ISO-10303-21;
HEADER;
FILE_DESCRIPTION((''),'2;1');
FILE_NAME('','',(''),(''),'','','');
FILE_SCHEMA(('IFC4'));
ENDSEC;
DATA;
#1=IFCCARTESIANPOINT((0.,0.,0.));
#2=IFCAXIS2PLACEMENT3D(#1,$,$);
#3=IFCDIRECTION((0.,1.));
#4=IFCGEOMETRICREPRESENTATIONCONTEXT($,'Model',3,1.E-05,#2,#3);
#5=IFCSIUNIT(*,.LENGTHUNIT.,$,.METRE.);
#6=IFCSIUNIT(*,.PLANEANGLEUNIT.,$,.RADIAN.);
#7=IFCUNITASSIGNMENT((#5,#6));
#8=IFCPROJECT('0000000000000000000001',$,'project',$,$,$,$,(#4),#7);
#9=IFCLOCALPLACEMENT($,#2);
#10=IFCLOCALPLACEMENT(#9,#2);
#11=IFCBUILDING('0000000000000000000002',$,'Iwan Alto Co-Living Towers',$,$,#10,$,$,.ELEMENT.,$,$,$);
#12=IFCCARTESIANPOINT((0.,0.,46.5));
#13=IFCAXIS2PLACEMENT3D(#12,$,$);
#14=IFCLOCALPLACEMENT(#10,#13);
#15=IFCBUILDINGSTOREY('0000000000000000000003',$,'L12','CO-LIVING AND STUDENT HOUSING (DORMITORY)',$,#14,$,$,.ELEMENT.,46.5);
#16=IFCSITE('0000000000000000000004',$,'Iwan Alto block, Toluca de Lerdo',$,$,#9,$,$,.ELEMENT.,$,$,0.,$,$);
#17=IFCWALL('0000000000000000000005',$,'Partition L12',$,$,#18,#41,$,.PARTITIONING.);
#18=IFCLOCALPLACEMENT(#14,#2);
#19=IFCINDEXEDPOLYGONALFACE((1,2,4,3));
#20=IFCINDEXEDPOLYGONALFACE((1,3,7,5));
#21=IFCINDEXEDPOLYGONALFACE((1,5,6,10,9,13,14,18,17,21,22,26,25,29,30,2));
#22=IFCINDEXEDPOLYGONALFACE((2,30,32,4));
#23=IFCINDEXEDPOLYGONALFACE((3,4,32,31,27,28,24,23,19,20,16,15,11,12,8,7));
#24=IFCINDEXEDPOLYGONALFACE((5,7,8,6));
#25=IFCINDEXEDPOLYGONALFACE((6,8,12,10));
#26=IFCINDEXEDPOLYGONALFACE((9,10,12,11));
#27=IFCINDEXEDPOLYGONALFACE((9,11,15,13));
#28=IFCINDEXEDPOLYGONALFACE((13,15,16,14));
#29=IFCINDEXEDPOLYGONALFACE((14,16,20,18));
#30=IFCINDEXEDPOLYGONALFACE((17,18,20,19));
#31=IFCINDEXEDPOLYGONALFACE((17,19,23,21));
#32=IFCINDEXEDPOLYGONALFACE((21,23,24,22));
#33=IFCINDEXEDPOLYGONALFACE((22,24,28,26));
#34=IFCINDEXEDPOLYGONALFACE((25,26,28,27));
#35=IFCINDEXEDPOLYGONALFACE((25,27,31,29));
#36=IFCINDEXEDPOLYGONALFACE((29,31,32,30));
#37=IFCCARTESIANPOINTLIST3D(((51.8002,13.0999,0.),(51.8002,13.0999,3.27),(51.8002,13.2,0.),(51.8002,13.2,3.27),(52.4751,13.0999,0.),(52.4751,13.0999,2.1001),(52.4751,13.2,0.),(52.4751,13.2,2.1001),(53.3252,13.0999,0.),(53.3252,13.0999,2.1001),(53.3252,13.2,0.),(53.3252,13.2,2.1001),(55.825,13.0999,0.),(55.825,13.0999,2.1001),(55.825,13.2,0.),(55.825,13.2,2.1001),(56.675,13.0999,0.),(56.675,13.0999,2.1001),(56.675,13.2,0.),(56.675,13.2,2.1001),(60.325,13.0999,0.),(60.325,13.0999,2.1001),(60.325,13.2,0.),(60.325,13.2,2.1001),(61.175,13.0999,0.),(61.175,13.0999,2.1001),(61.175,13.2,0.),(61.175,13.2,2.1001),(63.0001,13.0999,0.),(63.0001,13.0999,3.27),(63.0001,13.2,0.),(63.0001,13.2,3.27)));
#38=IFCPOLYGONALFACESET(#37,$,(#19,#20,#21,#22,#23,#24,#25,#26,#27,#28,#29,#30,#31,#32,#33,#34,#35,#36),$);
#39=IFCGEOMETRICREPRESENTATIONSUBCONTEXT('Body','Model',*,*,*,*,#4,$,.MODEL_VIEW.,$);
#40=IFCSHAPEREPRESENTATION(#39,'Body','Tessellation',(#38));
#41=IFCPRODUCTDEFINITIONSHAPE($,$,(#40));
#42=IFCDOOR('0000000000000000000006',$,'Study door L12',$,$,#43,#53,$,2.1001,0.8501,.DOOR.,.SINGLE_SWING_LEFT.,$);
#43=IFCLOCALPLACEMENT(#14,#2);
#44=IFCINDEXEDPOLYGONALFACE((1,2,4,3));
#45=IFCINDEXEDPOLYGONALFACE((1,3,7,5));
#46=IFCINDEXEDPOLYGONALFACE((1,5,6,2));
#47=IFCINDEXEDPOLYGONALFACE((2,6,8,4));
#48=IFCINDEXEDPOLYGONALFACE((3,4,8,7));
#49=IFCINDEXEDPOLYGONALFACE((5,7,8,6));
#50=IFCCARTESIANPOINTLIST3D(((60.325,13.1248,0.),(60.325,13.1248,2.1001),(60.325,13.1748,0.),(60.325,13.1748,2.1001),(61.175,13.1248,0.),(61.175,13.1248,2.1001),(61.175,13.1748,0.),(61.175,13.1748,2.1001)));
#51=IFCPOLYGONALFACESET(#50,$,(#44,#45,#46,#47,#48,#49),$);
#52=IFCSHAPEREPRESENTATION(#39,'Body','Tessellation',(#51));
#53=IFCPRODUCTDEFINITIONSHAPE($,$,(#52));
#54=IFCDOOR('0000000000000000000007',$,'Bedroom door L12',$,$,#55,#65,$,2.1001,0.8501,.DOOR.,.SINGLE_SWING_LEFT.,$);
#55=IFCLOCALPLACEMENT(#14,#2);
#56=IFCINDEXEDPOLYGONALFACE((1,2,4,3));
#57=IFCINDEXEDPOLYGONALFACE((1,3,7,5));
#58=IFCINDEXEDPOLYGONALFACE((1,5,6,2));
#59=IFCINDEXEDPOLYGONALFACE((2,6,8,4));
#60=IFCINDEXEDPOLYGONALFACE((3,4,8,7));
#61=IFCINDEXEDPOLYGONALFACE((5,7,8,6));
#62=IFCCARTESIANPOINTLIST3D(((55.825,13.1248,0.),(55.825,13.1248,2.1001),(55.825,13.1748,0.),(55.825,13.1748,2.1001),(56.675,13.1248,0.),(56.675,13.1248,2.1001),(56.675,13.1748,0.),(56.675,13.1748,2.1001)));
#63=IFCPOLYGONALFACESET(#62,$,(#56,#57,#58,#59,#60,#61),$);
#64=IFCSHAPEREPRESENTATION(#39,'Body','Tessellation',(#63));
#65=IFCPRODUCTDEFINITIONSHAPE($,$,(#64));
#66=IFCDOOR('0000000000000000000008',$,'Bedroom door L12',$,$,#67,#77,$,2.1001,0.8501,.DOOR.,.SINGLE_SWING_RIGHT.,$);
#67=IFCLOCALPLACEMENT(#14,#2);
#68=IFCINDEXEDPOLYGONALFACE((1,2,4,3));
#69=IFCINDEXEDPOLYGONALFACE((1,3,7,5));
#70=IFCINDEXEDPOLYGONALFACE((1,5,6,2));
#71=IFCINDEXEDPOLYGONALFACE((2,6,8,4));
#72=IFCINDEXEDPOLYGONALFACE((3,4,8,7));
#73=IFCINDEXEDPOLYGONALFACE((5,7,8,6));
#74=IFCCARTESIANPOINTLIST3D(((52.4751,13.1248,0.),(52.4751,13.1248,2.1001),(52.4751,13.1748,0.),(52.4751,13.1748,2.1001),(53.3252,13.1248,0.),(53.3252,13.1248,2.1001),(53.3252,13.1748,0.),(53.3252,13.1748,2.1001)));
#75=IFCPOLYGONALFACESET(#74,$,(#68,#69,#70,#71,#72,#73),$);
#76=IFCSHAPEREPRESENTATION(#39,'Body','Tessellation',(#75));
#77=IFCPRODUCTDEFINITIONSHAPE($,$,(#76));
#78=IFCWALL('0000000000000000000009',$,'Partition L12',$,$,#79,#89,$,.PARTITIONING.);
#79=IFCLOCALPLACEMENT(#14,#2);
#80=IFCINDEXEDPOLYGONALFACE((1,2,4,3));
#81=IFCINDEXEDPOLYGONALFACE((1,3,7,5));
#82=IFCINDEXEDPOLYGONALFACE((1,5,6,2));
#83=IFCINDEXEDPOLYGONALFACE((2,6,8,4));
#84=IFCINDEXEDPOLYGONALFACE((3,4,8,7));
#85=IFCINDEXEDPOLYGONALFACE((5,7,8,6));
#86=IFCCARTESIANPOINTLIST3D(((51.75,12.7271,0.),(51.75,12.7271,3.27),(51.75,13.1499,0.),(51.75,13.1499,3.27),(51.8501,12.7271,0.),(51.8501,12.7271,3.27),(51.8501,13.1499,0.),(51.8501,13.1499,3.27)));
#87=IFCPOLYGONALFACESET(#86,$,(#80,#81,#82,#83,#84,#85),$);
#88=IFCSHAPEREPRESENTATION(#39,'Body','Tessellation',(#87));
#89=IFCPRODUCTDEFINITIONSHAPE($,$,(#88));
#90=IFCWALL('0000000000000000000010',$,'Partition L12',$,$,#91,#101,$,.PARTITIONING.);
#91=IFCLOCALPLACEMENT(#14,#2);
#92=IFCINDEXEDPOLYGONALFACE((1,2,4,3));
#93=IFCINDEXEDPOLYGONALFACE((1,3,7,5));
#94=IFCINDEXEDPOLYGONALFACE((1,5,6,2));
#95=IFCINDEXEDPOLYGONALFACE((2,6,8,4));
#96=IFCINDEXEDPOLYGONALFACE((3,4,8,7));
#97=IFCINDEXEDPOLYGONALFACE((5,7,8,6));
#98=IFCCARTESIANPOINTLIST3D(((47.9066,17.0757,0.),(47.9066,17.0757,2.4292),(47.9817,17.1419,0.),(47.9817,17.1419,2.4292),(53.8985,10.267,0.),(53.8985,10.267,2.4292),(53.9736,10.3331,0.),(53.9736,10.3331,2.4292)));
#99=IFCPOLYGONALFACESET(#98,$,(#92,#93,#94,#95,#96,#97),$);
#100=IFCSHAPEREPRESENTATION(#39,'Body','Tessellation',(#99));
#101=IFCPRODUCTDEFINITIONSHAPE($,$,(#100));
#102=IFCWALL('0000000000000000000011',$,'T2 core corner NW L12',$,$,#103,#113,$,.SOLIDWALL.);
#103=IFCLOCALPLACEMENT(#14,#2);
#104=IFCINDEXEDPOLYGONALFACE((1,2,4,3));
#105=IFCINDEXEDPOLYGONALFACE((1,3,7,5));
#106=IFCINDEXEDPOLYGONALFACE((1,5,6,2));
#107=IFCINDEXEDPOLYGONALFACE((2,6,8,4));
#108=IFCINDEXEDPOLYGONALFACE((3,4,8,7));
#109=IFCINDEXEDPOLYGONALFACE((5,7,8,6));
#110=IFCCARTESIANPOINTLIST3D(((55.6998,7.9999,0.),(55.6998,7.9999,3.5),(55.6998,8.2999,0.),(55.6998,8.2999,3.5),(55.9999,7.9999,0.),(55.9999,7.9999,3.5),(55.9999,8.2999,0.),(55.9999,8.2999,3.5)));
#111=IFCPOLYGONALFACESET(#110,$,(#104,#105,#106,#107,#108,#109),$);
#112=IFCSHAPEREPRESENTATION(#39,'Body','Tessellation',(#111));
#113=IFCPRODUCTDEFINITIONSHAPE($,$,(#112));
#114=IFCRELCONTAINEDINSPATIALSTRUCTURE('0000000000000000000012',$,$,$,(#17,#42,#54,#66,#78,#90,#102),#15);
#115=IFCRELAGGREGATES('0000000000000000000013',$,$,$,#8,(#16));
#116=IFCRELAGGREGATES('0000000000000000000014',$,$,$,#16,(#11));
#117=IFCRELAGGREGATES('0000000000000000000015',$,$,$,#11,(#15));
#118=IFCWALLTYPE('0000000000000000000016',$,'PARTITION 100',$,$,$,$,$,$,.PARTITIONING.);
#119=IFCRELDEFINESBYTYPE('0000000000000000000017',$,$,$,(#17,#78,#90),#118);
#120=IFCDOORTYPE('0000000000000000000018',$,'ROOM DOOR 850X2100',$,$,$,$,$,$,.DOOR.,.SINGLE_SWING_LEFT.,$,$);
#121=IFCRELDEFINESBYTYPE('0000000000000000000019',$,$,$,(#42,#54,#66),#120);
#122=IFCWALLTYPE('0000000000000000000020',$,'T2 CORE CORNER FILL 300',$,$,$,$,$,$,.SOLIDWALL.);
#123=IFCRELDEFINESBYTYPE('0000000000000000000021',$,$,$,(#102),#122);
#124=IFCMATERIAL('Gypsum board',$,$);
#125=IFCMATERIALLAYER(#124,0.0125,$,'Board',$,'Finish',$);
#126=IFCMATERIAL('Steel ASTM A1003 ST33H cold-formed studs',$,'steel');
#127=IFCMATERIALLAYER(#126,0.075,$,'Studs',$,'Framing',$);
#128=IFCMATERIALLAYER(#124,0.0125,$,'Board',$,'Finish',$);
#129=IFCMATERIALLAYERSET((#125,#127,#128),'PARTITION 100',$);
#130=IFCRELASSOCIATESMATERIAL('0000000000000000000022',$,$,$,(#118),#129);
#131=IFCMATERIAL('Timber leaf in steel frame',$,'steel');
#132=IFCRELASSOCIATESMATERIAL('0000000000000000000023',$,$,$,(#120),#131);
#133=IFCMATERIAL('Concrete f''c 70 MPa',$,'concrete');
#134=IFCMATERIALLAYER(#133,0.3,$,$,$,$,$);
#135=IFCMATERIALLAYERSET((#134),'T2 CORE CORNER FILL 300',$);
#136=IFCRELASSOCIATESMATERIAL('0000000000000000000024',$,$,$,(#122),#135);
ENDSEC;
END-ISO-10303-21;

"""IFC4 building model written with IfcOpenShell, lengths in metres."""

from ifc_helpers import new_model, si_unit, direction, frame, frame_2d, origin, place, context, subcontext, project, spatial, rectangle, extrude, material, layer, layer_set, type_object, element, fill, save


model = new_model("IFC4")

# Units and contexts
model_context = context("Model", 3, precision=1e-05, world=origin(), true_north=direction((0.0, 1.0)))
body_context = subcontext(model_context, "Body", "Model", "MODEL_VIEW")
ifc_project = project(units=[si_unit("LENGTHUNIT", "METRE"), si_unit("PLANEANGLEUNIT", "RADIAN")], contexts=[model_context])

# Site, building, storey
site_placement = place(None, origin())
site = spatial("IfcSite", under=ifc_project, at=site_placement, Name="Iwan Alto block, Toluca de Lerdo", CompositionType="ELEMENT", RefElevation=0.0)
building_placement = place(site_placement, origin())
building = spatial("IfcBuilding", under=site, at=building_placement, Name="Iwan Alto Co-Living Towers", CompositionType="ELEMENT")
storey_placement = place(building_placement, frame((0.0, 0.0, 46.5)))
storey = spatial("IfcBuildingStorey", under=building, at=storey_placement, Name="L12", Description="CO-LIVING AND STUDENT HOUSING (DORMITORY)", CompositionType="ELEMENT", Elevation=46.5)

# Shared definitions
ifc_material_1 = material(Name="Gypsum board")
ifc_material_2 = material(Name="Steel ASTM A1003 ST33H cold-formed studs", Category="steel")

# Wall, openings, doors
ifc_layer_1 = layer(ifc_material_1, 0.0125, Name="Board", Category="Finish")
ifc_layer_2 = layer(ifc_material_2, 0.075, Name="Studs", Category="Framing")
ifc_layer_3 = layer(ifc_material_1, 0.0125, Name="Board", Category="Finish")
ifc_layer_set_1 = layer_set([ifc_layer_1, ifc_layer_2, ifc_layer_3], Name="PARTITION 100")
wall_type_1 = type_object("IfcWallType", Name="PARTITION 100", PredefinedType="PARTITIONING", material=ifc_layer_set_1)
wall_1_placement = place(storey_placement, frame((51.8, 13.1499, 0.0), z_axis=(0.0, 0.0, 1.0), x_axis=(1.0, 0.0, 0.0)))
wall_1 = element("IfcWall", 1, at=wall_1_placement, inside=storey, type_object=wall_type_1, Name="Partition L12", PredefinedType="PARTITIONING", context=body_context, shape_type="SweptSolid", body=[
    extrude(rectangle(XDim=11.2, YDim=0.1001, at=frame_2d((5.6001, 0.0))), origin(), (0.0, 0.0, 1.0), 3.27),
])
opening_1_placement = place(wall_1_placement, frame((8.5249, 0.0, 0.0)))
opening_1 = element("IfcOpeningElement", 2, at=opening_1_placement, cuts=wall_1, PredefinedType="OPENING", context=body_context, shape_type="SweptSolid", body=[
    extrude(rectangle(XDim=0.8501, YDim=2.1001, at=frame_2d((0.425, 1.05))), frame((0.0, 0.0601, 0.0), z_axis=(0.0, -1.0, 0.0), x_axis=(1.0, 0.0, 0.0)), (0.0, 0.0, 1.0), 0.1201),
])
opening_2_placement = place(wall_1_placement, frame((4.0249, 0.0, 0.0)))
opening_2 = element("IfcOpeningElement", 3, at=opening_2_placement, cuts=wall_1, PredefinedType="OPENING", context=body_context, shape_type="SweptSolid", body=[
    extrude(rectangle(XDim=0.8501, YDim=2.1001, at=frame_2d((0.425, 1.05))), frame((0.0, 0.0601, 0.0), z_axis=(0.0, -1.0, 0.0), x_axis=(1.0, 0.0, 0.0)), (0.0, 0.0, 1.0), 0.1201),
])
opening_3_placement = place(wall_1_placement, frame((0.675, 0.0, 0.0)))
opening_3 = element("IfcOpeningElement", 4, at=opening_3_placement, cuts=wall_1, PredefinedType="OPENING", context=body_context, shape_type="SweptSolid", body=[
    extrude(rectangle(XDim=0.8501, YDim=2.1001, at=frame_2d((0.425, 1.05))), frame((0.0, 0.0601, 0.0), z_axis=(0.0, -1.0, 0.0), x_axis=(1.0, 0.0, 0.0)), (0.0, 0.0, 1.0), 0.1201),
])
ifc_material_3 = material(Name="Timber leaf in steel frame", Category="steel")
door_type_1 = type_object("IfcDoorType", Name="ROOM DOOR 850X2100", OperationType="SINGLE_SWING_LEFT", PredefinedType="DOOR", material=ifc_material_3)
door_1_placement = place(opening_1_placement, origin())
door_1 = element("IfcDoor", 5, at=door_1_placement, inside=storey, type_object=door_type_1, Name="Study door L12", OperationType="SINGLE_SWING_LEFT", OverallHeight=2.1001, OverallWidth=0.8501, PredefinedType="DOOR", context=body_context, shape_type="SweptSolid", body=[
    extrude(rectangle(XDim=0.8501, YDim=2.1001, at=frame_2d((0.425, 1.05))), frame((0.0, 0.0249, 0.0), z_axis=(0.0, -1.0, 0.0), x_axis=(1.0, 0.0, 0.0)), (0.0, 0.0, 1.0), 0.05),
])
fill(opening_1, door_1)
door_2_placement = place(opening_2_placement, origin())
door_2 = element("IfcDoor", 6, at=door_2_placement, inside=storey, type_object=door_type_1, Name="Bedroom door L12", OperationType="SINGLE_SWING_LEFT", OverallHeight=2.1001, OverallWidth=0.8501, PredefinedType="DOOR", context=body_context, shape_type="SweptSolid", body=[
    extrude(rectangle(XDim=0.8501, YDim=2.1001, at=frame_2d((0.425, 1.05))), frame((0.0, 0.0249, 0.0), z_axis=(0.0, -1.0, 0.0), x_axis=(1.0, 0.0, 0.0)), (0.0, 0.0, 1.0), 0.05),
])
fill(opening_2, door_2)
door_3_placement = place(opening_3_placement, origin())
door_3 = element("IfcDoor", 7, at=door_3_placement, inside=storey, type_object=door_type_1, Name="Bedroom door L12", OperationType="SINGLE_SWING_RIGHT", OverallHeight=2.1001, OverallWidth=0.8501, PredefinedType="DOOR", context=body_context, shape_type="SweptSolid", body=[
    extrude(rectangle(XDim=0.8501, YDim=2.1001, at=frame_2d((0.425, 1.05))), frame((0.0, 0.0249, 0.0), z_axis=(0.0, -1.0, 0.0), x_axis=(1.0, 0.0, 0.0)), (0.0, 0.0, 1.0), 0.05),
])
fill(opening_3, door_3)

# Walls
wall_2_placement = place(storey_placement, frame((51.8, 12.7271, 0.0), z_axis=(0.0, 0.0, 1.0), x_axis=(0.0, 1.0, 0.0)))
element("IfcWall", 8, at=wall_2_placement, inside=storey, type_object=wall_type_1, Name="Partition L12", PredefinedType="PARTITIONING", context=body_context, shape_type="SweptSolid", body=[
    extrude(rectangle(XDim=0.4229, YDim=0.1001, at=frame_2d((0.2114, 0.0))), origin(), (0.0, 0.0, 1.0), 3.27),
])
wall_3_placement = place(storey_placement, frame((53.936, 10.3, 0.0), z_axis=(0.0, 0.0, 1.0), x_axis=(-0.660638, 0.750704, 0.0)))
element("IfcWall", 9, at=wall_3_placement, inside=storey, type_object=wall_type_1, Name="Partition L12", PredefinedType="PARTITIONING", context=body_context, shape_type="SweptSolid", body=[
    extrude(rectangle(XDim=9.0698, YDim=0.1001, at=frame_2d((4.5349, 0.0))), origin(), (0.0, 0.0, 1.0), 2.4292),
])
ifc_material_4 = material(Name="Concrete f'c 70 MPa", Category="concrete")
ifc_layer_4 = layer(ifc_material_4, 0.3)
ifc_layer_set_2 = layer_set([ifc_layer_4], Name="T2 CORE CORNER FILL 300")
wall_type_2 = type_object("IfcWallType", Name="T2 CORE CORNER FILL 300", PredefinedType="SOLIDWALL", material=ifc_layer_set_2)
wall_4_placement = place(storey_placement, frame((55.7, 8.1499, 0.0), z_axis=(0.0, 0.0, 1.0), x_axis=(1.0, 0.0, 0.0)))
element("IfcWall", 10, at=wall_4_placement, inside=storey, type_object=wall_type_2, Name="T2 core corner NW L12", PredefinedType="SOLIDWALL", context=body_context, shape_type="SweptSolid", body=[
    extrude(rectangle(XDim=0.3, YDim=0.3, at=frame_2d((0.1499, 0.0))), origin(), (0.0, 0.0, 1.0), 3.5),
])

save(model, "model.ifc")
